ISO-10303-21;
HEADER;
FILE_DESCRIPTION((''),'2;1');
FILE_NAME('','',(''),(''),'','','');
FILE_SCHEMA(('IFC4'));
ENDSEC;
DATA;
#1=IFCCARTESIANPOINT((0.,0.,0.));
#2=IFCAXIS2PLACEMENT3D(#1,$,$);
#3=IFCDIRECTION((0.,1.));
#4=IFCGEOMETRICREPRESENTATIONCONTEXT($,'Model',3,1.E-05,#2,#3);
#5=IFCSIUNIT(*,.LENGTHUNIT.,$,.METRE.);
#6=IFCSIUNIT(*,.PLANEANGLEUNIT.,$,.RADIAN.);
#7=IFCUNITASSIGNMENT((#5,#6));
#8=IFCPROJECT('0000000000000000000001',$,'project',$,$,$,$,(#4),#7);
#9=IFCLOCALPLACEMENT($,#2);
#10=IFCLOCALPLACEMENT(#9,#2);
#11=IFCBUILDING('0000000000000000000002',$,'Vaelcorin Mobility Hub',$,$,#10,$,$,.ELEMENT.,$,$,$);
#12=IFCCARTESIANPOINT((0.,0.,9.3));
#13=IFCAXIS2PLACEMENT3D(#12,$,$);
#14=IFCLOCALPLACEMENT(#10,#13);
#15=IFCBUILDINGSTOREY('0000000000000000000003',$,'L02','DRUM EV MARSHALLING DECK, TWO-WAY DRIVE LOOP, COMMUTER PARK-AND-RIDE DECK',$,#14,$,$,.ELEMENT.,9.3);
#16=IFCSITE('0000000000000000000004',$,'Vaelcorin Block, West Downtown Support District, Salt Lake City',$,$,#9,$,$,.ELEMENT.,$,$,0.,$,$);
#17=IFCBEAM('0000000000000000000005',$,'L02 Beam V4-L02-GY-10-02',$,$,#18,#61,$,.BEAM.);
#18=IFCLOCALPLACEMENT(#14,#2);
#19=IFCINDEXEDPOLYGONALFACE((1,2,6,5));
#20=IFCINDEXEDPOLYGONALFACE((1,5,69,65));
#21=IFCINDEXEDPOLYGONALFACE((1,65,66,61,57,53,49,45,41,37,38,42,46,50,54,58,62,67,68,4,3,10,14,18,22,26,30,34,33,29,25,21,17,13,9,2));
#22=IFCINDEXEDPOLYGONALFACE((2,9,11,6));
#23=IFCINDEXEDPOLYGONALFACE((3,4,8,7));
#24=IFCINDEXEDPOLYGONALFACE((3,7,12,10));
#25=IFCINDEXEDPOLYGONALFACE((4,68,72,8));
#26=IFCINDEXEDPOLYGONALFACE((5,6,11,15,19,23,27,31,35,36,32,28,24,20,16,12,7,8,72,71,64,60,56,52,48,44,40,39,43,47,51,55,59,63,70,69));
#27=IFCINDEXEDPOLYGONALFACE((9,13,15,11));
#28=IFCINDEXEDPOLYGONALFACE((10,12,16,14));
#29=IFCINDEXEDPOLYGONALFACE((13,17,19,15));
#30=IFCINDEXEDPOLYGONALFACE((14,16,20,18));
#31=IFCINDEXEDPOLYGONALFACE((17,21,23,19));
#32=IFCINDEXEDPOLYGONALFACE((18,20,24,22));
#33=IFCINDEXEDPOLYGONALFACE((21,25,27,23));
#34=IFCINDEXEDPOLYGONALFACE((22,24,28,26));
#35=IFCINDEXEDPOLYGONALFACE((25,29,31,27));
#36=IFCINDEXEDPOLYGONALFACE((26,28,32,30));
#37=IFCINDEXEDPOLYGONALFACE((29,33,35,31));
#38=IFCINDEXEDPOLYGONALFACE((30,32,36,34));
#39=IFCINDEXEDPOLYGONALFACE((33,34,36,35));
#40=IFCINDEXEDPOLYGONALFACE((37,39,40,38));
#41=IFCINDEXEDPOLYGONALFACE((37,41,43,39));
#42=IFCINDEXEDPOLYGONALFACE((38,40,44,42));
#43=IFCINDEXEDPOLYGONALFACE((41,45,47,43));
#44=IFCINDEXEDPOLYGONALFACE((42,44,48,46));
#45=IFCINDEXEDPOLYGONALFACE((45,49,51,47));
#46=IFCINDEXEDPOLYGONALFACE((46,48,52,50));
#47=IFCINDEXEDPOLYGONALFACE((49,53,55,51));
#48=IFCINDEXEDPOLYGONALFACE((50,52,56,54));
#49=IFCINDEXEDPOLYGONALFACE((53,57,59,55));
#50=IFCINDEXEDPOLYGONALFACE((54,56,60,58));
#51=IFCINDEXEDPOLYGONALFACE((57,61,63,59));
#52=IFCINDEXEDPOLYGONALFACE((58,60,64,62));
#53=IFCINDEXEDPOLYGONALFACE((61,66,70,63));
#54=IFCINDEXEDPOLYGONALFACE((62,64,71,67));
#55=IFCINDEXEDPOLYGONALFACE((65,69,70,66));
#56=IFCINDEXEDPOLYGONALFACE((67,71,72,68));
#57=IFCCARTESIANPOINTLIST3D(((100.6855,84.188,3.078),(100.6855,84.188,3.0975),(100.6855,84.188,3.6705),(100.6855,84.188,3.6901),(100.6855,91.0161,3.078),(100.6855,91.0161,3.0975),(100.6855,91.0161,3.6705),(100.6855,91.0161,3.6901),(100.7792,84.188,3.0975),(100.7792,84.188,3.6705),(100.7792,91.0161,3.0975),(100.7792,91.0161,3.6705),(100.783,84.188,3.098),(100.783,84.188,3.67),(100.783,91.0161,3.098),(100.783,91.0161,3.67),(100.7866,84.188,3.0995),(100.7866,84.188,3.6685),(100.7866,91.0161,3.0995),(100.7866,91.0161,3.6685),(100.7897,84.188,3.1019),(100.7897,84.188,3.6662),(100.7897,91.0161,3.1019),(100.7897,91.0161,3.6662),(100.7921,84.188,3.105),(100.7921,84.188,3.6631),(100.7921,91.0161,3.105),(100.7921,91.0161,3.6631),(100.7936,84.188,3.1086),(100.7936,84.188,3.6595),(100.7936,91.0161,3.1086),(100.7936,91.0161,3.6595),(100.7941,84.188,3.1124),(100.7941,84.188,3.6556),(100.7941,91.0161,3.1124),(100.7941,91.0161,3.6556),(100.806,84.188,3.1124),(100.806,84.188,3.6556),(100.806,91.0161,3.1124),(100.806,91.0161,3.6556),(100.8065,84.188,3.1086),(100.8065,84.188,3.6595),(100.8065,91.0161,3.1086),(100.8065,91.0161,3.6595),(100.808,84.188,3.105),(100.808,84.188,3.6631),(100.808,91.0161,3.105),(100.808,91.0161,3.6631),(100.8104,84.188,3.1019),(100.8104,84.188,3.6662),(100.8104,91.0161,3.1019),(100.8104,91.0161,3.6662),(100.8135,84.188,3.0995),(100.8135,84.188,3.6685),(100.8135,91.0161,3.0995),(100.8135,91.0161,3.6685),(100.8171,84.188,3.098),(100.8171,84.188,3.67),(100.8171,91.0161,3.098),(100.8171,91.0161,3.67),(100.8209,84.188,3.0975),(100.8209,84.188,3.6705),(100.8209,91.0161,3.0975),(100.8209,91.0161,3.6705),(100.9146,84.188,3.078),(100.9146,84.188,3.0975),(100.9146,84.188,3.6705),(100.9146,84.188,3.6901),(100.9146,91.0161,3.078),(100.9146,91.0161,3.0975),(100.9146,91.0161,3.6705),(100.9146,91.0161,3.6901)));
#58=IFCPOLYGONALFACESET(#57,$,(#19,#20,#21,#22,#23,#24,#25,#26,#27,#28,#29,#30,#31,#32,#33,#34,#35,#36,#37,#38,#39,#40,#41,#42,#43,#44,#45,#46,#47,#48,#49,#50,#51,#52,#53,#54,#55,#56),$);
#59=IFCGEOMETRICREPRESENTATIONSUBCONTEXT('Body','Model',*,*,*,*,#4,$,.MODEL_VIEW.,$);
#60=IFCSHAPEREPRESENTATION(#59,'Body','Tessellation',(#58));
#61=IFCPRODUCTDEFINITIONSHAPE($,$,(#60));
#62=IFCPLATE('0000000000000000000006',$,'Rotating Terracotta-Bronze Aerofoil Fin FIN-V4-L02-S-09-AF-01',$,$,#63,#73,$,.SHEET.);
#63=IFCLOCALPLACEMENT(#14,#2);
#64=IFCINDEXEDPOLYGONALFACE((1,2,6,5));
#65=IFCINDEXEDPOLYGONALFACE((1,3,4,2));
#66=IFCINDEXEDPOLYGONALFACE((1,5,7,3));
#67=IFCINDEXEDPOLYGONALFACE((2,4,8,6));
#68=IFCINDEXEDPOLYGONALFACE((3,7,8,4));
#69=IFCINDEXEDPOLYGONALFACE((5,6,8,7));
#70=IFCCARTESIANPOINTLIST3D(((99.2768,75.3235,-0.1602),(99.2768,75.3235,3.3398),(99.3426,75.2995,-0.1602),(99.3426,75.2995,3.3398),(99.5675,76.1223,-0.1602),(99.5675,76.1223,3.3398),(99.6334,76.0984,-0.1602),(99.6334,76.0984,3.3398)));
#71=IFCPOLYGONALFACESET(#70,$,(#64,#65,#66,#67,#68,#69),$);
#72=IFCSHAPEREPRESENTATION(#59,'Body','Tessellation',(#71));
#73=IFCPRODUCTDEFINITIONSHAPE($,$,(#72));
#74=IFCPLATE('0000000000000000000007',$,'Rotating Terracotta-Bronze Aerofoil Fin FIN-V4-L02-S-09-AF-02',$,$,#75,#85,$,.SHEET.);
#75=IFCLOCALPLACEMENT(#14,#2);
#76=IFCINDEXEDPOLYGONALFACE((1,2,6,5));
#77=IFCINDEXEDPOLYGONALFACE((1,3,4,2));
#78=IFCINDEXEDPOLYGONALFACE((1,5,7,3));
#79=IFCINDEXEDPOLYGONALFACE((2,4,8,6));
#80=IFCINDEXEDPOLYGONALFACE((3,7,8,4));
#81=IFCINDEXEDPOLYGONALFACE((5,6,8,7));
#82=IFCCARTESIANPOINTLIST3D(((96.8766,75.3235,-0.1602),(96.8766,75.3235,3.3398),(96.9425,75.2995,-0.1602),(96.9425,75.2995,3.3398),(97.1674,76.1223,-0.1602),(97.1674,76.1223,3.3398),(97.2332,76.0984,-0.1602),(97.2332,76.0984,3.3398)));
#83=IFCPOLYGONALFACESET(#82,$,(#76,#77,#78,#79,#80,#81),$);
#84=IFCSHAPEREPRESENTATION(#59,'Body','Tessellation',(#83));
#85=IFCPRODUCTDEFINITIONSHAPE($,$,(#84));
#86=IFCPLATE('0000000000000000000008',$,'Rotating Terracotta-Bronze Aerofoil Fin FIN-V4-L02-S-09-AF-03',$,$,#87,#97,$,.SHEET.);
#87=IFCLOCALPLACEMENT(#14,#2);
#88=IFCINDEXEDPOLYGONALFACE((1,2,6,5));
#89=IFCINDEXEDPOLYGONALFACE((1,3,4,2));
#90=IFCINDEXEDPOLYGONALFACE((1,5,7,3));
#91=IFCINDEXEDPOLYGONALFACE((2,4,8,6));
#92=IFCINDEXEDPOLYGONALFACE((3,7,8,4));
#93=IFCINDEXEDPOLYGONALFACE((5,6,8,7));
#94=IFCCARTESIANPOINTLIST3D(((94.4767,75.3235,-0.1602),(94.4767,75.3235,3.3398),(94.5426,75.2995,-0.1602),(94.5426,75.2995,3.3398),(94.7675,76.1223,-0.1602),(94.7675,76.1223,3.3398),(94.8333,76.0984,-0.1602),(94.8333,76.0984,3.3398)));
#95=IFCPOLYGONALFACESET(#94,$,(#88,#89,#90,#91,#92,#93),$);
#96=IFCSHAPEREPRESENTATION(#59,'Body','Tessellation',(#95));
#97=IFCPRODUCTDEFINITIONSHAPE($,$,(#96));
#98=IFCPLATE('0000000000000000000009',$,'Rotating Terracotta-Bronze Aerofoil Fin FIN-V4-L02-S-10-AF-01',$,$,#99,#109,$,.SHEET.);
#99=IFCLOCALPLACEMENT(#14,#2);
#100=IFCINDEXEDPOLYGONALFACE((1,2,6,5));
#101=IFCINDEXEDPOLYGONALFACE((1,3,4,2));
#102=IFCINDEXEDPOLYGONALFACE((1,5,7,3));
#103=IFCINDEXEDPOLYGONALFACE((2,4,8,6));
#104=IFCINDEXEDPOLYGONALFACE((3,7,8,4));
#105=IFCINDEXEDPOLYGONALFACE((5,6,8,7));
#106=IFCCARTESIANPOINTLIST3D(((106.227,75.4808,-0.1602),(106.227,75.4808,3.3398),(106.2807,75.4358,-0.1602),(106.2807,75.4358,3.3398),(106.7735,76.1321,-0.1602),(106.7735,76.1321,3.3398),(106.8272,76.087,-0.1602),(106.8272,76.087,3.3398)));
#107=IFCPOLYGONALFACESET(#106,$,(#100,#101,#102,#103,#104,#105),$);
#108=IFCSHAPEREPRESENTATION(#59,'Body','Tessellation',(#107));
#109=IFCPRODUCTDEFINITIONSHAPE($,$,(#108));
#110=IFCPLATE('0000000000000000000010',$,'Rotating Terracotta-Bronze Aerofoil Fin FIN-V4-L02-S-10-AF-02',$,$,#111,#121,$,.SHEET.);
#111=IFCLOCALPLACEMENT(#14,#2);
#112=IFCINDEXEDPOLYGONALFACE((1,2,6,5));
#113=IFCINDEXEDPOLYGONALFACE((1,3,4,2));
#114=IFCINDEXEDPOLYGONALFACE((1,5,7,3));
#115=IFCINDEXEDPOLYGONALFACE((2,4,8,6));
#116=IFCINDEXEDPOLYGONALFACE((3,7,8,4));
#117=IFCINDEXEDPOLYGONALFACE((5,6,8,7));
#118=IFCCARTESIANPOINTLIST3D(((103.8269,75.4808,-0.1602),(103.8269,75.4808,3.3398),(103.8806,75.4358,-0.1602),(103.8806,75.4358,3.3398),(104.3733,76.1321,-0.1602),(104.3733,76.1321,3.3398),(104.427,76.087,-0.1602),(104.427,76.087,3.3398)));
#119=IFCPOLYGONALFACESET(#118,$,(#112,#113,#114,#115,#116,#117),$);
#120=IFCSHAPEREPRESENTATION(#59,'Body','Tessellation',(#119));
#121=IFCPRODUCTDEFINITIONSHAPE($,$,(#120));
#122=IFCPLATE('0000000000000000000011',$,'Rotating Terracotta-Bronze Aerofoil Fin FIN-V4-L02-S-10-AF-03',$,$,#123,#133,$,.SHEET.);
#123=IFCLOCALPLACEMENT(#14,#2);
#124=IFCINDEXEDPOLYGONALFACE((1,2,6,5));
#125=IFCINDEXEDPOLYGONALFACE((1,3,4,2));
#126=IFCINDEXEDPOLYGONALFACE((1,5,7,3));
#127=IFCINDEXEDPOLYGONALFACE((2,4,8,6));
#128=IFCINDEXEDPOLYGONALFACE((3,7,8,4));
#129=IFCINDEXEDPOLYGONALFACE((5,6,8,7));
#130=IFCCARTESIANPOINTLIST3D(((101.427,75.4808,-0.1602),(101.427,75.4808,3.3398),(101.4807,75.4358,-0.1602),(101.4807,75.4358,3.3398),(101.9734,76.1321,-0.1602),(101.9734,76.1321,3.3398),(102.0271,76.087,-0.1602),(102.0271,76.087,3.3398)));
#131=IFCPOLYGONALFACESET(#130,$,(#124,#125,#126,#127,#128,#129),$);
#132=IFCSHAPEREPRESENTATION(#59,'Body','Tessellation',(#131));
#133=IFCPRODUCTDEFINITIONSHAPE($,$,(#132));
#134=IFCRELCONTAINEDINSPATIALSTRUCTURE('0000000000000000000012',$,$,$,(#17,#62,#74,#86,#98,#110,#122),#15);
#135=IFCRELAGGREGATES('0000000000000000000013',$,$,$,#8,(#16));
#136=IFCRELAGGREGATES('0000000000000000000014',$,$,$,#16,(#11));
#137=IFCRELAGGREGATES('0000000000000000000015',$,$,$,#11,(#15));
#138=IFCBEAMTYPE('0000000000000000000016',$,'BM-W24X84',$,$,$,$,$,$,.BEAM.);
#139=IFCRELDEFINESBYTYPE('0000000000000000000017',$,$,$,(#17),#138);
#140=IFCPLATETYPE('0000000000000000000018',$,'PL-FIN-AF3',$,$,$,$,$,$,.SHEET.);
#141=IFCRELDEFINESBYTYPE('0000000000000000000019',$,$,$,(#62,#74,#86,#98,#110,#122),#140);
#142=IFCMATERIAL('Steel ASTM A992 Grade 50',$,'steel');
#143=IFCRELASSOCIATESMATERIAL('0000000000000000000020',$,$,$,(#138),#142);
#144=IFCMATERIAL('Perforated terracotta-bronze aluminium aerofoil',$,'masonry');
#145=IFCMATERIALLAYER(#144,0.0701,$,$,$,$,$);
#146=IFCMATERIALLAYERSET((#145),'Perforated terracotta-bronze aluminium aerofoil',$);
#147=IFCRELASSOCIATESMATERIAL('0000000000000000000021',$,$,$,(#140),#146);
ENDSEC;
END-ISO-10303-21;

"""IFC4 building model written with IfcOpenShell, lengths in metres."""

from ifc_helpers import new_model, si_unit, direction, frame, origin, origin_2d, place, context, subcontext, project, spatial, rectangle, i_section, extrude, material, layer, layer_set, material_profile, profile_set, type_object, element, save


model = new_model("IFC4")

# Units and contexts
model_context = context("Model", 3, precision=1e-05, world=origin(), true_north=direction((0.0, 1.0)))
body_context = subcontext(model_context, "Body", "Model", "MODEL_VIEW")
ifc_project = project(units=[si_unit("LENGTHUNIT", "METRE"), si_unit("PLANEANGLEUNIT", "RADIAN")], contexts=[model_context])

# Site, building, storey
site_placement = place(None, origin())
site = spatial("IfcSite", under=ifc_project, at=site_placement, Name="Vaelcorin Block, West Downtown Support District, Salt Lake City", CompositionType="ELEMENT", RefElevation=0.0)
building_placement = place(site_placement, origin())
building = spatial("IfcBuilding", under=site, at=building_placement, Name="Vaelcorin Mobility Hub", CompositionType="ELEMENT")
storey_placement = place(building_placement, frame((0.0, 0.0, 9.3)))
storey = spatial("IfcBuildingStorey", under=building, at=storey_placement, Name="L02", Description="DRUM EV MARSHALLING DECK, TWO-WAY DRIVE LOOP, COMMUTER PARK-AND-RIDE DECK", CompositionType="ELEMENT", Elevation=9.3)

# Shared definitions
ifc_material_1 = material(Name="Steel ASTM A992 Grade 50", Category="steel")

# Beam
ifc_material_profile_1 = material_profile(ifc_material_1, i_section(OverallWidth=0.229, OverallDepth=0.6121, WebThickness=0.012, FlangeThickness=0.0195, FilletRadius=0.0149, at=origin_2d()), Name="W24X84")
ifc_profile_set_1 = profile_set([ifc_material_profile_1], Name="Steel ASTM A992 Grade 50")
beam_type_1 = type_object("IfcBeamType", Name="BM-W24X84", PredefinedType="BEAM", material=ifc_profile_set_1)
for number, where, z_axis, x_axis, name in (
    (1, (100.8, 84.188, 3.384), (0.0, 1.0, 0.0), (-1.0, 0.0, 0.0), "L02 Beam V4-L02-GY-10-02"),
):
    element("IfcBeam", number, at=place(storey_placement, frame(where, z_axis=z_axis, x_axis=x_axis)), inside=storey, type_object=beam_type_1, Name=name, PredefinedType="BEAM", context=body_context, shape_type="SweptSolid", body=[
        extrude(i_section(OverallWidth=0.229, OverallDepth=0.6121, WebThickness=0.012, FlangeThickness=0.0195, FilletRadius=0.0149, at=origin_2d()), origin(), (0.0, 0.0, 1.0), 6.8281),
    ])

# Plates
ifc_material_2 = material(Name="Perforated terracotta-bronze aluminium aerofoil", Category="masonry")
ifc_layer_1 = layer(ifc_material_2, 0.0701)
ifc_layer_set_1 = layer_set([ifc_layer_1], Name="Perforated terracotta-bronze aluminium aerofoil")
plate_type = type_object("IfcPlateType", Name="PL-FIN-AF3", PredefinedType="SHEET", material=ifc_layer_set_1)
for number, where, z_axis, x_axis, name in (
    (2, (99.4551, 75.7109, -0.1602), (0.0, 0.0, 1.0), (-0.34202, -0.939693, 0.0), "Rotating Terracotta-Bronze Aerofoil Fin FIN-V4-L02-S-09-AF-01"),
    (3, (97.0549, 75.7109, -0.1602), (0.0, 0.0, 1.0), (-0.34202, -0.939693, 0.0), "Rotating Terracotta-Bronze Aerofoil Fin FIN-V4-L02-S-09-AF-02"),
    (4, (94.655, 75.7109, -0.1602), (0.0, 0.0, 1.0), (-0.34202, -0.939693, 0.0), "Rotating Terracotta-Bronze Aerofoil Fin FIN-V4-L02-S-09-AF-03"),
    (5, (106.5271, 75.7839, -0.1602), (0.0, 0.0, 1.0), (-0.642788, -0.766044, 0.0), "Rotating Terracotta-Bronze Aerofoil Fin FIN-V4-L02-S-10-AF-01"),
    (6, (104.127, 75.7839, -0.1602), (0.0, 0.0, 1.0), (-0.642788, -0.766044, 0.0), "Rotating Terracotta-Bronze Aerofoil Fin FIN-V4-L02-S-10-AF-02"),
    (7, (101.7271, 75.7839, -0.1602), (0.0, 0.0, 1.0), (-0.642788, -0.766044, 0.0), "Rotating Terracotta-Bronze Aerofoil Fin FIN-V4-L02-S-10-AF-03"),
):
    element("IfcPlate", number, at=place(storey_placement, frame(where, z_axis=z_axis, x_axis=x_axis)), inside=storey, type_object=plate_type, Name=name, PredefinedType="SHEET", context=body_context, shape_type="SweptSolid", body=[
        extrude(rectangle(XDim=0.8501, YDim=0.0701, at=origin_2d()), origin(), (0.0, 0.0, 1.0), 3.5),
    ])

save(model, "model.ifc")
